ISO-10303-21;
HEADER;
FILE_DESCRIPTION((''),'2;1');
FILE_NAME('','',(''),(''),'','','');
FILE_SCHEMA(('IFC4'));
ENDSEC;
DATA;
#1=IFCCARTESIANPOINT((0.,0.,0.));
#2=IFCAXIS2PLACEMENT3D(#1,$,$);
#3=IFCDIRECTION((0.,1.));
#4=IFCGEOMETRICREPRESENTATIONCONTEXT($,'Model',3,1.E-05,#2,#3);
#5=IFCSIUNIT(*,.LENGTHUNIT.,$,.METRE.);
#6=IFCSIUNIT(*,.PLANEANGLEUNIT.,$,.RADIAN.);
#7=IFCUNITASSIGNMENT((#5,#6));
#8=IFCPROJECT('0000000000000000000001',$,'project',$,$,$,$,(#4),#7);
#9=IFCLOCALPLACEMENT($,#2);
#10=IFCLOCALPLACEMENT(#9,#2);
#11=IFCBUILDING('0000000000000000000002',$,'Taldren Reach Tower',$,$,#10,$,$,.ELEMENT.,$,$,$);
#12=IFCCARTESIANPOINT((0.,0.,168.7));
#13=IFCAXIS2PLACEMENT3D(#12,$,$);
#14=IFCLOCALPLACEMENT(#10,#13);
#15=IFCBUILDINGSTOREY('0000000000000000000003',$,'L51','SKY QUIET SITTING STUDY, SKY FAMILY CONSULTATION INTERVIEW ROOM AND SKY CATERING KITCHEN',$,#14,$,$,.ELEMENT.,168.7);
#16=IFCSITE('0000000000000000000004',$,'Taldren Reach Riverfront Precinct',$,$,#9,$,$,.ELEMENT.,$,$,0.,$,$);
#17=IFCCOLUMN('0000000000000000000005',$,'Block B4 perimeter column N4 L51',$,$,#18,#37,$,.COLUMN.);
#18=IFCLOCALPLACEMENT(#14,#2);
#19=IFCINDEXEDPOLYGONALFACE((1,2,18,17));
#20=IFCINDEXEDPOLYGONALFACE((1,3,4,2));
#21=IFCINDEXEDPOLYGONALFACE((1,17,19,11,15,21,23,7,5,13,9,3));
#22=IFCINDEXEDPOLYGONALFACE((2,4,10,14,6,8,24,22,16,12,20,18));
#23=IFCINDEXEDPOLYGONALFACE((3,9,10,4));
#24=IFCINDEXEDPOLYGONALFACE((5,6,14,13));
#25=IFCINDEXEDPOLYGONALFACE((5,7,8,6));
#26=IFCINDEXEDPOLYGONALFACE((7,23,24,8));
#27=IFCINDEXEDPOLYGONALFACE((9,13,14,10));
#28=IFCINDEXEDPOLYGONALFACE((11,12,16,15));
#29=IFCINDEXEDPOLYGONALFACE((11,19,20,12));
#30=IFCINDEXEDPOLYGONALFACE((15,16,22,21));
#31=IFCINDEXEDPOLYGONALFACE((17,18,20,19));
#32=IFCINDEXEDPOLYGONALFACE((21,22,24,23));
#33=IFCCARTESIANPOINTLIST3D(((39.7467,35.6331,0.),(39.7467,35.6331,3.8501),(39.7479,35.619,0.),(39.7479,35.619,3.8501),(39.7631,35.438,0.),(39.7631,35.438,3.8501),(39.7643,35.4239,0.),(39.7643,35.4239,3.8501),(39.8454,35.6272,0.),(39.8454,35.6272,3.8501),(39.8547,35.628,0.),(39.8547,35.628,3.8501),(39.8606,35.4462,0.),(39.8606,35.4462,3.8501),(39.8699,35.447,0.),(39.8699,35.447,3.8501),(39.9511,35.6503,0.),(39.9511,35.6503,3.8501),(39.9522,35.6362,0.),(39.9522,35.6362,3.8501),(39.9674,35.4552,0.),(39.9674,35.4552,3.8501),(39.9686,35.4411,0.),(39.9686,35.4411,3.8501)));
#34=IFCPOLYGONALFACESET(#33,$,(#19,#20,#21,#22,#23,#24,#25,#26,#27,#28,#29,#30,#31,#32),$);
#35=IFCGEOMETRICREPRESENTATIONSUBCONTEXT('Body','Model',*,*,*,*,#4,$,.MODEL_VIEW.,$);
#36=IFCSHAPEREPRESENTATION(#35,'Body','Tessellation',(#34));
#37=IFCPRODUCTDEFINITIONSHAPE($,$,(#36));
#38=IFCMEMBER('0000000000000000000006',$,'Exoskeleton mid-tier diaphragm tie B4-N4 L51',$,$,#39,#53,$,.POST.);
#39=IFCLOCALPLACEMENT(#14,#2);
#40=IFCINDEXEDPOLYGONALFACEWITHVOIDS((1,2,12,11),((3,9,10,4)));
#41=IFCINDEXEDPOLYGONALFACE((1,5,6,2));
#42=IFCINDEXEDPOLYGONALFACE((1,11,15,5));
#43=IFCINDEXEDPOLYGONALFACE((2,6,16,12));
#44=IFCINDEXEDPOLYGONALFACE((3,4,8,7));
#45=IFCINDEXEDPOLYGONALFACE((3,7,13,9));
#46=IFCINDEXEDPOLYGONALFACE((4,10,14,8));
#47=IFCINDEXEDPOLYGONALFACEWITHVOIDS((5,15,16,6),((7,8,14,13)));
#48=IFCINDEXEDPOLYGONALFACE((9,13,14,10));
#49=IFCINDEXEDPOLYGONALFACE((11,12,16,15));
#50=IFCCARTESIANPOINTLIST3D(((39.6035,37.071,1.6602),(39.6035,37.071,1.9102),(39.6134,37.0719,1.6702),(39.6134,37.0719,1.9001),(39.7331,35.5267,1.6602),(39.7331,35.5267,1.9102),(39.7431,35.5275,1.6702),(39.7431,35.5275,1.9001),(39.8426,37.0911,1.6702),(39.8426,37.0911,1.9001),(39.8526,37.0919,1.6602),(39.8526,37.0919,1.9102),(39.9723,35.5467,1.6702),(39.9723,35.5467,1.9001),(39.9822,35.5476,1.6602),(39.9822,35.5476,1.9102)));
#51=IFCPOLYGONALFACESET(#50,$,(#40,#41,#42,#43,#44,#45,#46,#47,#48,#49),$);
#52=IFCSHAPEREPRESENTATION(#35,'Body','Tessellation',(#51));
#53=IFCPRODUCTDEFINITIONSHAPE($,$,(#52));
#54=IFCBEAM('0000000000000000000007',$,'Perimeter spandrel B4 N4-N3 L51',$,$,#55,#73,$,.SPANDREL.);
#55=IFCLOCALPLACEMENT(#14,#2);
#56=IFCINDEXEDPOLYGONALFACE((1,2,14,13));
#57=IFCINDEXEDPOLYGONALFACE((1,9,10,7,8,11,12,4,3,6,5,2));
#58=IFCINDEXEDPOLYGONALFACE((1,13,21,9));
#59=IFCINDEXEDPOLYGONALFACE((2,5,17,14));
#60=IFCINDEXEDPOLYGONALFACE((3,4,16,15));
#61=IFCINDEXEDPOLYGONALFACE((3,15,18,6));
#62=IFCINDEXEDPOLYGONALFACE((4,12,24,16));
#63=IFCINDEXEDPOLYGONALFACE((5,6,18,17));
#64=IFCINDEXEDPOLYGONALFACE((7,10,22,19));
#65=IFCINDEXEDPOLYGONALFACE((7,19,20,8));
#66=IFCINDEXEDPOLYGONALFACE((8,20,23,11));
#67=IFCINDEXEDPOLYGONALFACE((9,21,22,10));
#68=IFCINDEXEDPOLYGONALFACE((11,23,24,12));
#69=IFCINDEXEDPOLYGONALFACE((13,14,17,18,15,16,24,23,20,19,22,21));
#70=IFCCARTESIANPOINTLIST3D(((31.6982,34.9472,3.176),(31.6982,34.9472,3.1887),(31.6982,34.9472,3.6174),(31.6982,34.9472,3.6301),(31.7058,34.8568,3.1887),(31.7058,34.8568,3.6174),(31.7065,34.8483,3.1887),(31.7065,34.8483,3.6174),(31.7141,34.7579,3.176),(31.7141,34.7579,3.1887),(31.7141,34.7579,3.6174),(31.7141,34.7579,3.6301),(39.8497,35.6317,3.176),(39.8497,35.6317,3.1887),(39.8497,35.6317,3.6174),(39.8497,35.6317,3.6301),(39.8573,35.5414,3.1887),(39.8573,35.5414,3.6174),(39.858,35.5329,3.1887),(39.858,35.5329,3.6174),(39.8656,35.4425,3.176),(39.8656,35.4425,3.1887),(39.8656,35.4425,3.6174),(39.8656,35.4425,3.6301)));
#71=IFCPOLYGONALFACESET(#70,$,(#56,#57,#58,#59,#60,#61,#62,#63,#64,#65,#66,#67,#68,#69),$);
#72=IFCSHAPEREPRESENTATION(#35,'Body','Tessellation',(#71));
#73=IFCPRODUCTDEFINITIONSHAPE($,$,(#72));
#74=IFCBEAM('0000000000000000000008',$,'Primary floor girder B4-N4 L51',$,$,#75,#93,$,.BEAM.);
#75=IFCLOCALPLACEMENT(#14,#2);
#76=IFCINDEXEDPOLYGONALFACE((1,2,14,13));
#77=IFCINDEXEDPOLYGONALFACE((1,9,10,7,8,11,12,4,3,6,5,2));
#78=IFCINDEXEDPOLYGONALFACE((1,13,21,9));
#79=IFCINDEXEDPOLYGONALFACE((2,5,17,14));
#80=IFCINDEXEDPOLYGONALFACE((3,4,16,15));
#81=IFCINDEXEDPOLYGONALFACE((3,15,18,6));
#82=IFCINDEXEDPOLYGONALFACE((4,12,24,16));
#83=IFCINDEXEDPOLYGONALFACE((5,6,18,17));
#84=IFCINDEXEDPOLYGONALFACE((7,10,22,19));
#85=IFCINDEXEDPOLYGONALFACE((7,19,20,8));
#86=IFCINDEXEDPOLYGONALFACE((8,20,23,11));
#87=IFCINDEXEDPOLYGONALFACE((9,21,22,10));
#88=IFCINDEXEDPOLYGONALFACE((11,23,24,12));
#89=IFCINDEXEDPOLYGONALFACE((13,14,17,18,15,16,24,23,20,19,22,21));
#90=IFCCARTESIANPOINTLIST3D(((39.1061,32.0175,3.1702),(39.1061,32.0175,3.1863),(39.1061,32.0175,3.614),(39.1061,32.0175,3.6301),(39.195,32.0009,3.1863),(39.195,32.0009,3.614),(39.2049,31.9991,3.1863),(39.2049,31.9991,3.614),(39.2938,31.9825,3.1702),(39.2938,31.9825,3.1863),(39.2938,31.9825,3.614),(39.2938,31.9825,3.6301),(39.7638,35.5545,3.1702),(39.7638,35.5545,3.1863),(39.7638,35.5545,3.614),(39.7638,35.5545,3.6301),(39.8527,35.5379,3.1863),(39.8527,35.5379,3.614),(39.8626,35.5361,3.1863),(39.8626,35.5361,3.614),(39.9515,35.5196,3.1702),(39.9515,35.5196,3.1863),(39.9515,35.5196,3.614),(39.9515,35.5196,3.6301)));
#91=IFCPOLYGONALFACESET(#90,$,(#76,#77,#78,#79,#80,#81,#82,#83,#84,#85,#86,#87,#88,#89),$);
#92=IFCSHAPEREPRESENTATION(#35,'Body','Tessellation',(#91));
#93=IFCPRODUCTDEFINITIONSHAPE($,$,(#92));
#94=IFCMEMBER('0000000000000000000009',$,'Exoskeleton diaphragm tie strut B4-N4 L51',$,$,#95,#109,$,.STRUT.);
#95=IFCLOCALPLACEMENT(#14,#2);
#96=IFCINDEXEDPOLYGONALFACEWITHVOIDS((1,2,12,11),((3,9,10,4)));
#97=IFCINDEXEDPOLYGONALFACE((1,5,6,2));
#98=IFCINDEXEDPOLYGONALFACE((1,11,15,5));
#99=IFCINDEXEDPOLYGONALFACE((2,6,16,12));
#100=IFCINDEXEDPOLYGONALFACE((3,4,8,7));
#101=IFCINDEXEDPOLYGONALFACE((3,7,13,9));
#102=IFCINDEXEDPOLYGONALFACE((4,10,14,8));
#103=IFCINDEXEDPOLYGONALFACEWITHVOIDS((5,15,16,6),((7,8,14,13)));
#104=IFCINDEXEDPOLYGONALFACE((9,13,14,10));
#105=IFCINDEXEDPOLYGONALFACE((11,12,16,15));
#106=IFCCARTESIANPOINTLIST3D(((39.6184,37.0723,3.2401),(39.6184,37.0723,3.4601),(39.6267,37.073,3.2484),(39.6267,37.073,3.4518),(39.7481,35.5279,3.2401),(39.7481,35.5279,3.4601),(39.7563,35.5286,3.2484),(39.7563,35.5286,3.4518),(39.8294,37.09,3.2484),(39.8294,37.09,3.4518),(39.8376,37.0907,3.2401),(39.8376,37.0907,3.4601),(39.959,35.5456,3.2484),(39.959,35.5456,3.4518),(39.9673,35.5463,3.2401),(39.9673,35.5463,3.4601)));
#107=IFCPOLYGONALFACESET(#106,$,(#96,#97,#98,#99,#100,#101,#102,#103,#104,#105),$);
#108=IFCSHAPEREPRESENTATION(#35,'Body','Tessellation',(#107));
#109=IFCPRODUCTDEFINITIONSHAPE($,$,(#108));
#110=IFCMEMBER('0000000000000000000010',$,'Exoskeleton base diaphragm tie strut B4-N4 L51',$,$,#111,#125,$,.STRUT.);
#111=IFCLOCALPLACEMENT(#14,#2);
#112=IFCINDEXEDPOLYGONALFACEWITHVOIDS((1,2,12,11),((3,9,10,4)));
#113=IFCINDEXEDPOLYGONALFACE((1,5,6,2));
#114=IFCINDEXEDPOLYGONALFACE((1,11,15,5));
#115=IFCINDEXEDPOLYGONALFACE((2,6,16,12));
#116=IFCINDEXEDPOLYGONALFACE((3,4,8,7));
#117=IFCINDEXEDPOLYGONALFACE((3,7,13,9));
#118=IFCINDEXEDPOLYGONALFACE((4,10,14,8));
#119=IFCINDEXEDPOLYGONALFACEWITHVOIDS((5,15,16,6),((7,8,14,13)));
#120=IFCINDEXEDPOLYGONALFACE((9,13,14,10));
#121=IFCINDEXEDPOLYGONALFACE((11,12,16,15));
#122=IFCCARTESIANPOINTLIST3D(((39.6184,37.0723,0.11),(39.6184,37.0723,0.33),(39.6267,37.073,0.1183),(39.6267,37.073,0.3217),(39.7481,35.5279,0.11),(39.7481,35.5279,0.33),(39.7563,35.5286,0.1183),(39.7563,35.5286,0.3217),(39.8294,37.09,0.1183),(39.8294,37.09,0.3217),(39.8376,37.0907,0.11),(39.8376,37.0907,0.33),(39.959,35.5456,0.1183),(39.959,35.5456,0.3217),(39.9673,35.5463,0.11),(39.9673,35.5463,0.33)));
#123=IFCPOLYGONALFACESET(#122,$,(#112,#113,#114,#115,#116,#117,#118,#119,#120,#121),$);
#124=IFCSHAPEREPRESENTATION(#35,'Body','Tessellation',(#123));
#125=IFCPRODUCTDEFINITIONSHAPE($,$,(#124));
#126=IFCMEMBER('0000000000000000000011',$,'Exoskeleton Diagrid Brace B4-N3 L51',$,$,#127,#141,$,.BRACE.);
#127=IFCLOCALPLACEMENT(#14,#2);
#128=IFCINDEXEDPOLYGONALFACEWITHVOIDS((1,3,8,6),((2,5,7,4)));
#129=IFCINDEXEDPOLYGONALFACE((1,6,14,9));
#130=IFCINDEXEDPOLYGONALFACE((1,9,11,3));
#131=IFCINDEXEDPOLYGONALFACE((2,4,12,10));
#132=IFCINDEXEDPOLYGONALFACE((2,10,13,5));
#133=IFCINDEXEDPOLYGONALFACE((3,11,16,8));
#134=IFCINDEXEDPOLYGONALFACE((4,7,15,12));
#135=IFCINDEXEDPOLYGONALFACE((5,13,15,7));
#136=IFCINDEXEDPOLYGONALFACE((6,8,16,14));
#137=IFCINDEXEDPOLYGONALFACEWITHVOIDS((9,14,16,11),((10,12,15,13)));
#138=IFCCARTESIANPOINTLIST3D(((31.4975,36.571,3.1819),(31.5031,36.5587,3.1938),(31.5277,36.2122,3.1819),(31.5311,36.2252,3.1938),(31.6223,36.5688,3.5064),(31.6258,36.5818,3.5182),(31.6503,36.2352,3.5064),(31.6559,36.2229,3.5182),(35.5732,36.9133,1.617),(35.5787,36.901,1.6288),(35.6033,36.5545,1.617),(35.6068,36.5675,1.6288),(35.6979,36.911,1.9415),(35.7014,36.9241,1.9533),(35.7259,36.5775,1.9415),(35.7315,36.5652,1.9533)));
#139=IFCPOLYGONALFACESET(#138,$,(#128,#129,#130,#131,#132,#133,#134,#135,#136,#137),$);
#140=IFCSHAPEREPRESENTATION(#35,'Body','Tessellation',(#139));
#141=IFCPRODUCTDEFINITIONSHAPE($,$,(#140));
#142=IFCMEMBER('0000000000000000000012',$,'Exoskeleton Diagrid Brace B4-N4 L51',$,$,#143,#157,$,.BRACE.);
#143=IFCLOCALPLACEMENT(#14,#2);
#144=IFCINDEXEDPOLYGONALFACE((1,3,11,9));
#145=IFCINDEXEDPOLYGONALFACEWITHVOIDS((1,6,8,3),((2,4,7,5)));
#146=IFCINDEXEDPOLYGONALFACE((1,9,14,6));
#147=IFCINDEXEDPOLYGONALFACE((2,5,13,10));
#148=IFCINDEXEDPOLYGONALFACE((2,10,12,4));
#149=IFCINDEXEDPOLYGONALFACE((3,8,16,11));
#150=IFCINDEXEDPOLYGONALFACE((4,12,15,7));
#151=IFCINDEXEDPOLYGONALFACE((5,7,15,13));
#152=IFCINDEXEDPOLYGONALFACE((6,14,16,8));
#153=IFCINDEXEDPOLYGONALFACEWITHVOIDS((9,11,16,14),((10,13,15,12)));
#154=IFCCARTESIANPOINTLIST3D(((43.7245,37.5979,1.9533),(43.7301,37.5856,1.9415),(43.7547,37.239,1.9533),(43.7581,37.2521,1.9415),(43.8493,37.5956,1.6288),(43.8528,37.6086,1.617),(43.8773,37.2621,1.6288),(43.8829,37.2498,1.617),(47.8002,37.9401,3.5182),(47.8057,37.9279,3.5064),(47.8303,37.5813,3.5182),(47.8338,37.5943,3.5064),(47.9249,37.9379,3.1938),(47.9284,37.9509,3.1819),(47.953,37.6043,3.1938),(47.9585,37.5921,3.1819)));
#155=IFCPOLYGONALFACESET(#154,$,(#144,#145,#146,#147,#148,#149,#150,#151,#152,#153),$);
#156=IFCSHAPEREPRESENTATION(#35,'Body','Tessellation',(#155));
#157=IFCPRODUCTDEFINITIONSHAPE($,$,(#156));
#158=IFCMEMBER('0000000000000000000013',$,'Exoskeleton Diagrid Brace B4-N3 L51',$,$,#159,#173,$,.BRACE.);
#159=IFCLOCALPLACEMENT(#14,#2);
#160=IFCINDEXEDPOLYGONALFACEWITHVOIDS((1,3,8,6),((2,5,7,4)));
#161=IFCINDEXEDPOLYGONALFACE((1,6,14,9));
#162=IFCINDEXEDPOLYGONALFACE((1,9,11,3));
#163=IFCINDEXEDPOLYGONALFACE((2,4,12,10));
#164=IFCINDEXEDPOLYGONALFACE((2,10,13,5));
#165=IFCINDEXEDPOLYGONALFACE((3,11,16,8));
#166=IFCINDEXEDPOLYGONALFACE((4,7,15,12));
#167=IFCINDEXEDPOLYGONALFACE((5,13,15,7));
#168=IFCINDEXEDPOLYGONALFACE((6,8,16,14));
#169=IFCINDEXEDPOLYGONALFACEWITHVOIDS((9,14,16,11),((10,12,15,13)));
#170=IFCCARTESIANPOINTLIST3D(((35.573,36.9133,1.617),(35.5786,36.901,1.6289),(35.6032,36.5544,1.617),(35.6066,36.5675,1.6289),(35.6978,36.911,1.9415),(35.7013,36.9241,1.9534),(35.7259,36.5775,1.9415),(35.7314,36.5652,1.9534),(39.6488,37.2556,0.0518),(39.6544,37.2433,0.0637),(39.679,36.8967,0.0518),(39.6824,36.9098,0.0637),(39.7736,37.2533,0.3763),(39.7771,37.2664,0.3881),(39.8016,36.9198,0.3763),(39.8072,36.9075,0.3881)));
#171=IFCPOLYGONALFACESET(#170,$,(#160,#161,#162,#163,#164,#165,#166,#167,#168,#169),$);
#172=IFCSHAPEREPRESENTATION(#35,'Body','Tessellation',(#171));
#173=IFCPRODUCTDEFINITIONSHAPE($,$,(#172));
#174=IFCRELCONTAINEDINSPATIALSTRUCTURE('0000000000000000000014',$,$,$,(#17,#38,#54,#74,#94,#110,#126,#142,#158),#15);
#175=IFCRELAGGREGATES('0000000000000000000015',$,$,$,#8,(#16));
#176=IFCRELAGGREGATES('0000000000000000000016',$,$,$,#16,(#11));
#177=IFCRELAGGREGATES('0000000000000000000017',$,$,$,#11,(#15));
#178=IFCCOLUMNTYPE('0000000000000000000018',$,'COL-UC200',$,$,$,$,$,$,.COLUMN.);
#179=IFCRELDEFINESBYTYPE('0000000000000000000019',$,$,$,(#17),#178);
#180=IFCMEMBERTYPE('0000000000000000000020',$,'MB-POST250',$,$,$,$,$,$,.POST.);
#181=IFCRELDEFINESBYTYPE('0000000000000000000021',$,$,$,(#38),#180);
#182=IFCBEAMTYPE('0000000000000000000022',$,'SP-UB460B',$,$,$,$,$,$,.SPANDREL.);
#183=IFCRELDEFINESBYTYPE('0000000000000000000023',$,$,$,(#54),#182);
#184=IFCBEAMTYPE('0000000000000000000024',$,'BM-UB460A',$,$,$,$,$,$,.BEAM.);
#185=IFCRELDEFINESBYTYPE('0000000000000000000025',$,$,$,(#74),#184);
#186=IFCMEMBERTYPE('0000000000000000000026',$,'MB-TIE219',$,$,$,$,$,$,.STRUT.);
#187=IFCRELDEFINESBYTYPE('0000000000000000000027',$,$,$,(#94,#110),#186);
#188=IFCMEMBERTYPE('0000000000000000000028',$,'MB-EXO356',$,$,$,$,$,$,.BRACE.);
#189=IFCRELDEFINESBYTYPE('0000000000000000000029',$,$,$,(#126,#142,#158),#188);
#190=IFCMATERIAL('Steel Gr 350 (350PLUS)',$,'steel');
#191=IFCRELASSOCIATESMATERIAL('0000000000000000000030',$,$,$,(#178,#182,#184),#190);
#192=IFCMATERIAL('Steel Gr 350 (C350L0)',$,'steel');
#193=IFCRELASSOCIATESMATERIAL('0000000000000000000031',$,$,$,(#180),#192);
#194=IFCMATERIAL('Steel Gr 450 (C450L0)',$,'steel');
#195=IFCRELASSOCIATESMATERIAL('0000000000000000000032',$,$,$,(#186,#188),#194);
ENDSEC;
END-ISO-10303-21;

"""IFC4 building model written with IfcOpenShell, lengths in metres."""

from ifc_helpers import new_model, si_unit, direction, frame, origin, origin_2d, place, context, subcontext, project, spatial, hollow_rectangle, i_section, extrude, source, transform, mapped, material, material_profile, profile_set, type_object, element, save


model = new_model("IFC4")

# Units and contexts
model_context = context("Model", 3, precision=1e-05, world=origin(), true_north=direction((0.0, 1.0)))
body_context = subcontext(model_context, "Body", "Model", "MODEL_VIEW")
ifc_project = project(units=[si_unit("LENGTHUNIT", "METRE"), si_unit("PLANEANGLEUNIT", "RADIAN")], contexts=[model_context])

# Site, building, storey
site_placement = place(None, origin())
site = spatial("IfcSite", under=ifc_project, at=site_placement, Name="Taldren Reach Riverfront Precinct", CompositionType="ELEMENT", RefElevation=0.0)
building_placement = place(site_placement, origin())
building = spatial("IfcBuilding", under=site, at=building_placement, Name="Taldren Reach Tower", CompositionType="ELEMENT")
storey_placement = place(building_placement, frame((0.0, 0.0, 168.7)))
storey = spatial("IfcBuildingStorey", under=building, at=storey_placement, Name="L51", Description="SKY QUIET SITTING STUDY, SKY FAMILY CONSULTATION INTERVIEW ROOM AND SKY CATERING KITCHEN", CompositionType="ELEMENT", Elevation=168.7)

# Column
ifc_material_1 = material(Name="Steel Gr 350 (350PLUS)", Category="steel")
ifc_material_profile_1 = material_profile(ifc_material_1, i_section(OverallWidth=0.2051, OverallDepth=0.21, WebThickness=0.0093, FlangeThickness=0.0142, at=origin_2d()), Name="200UC59.5")
ifc_profile_set_1 = profile_set([ifc_material_profile_1], Name="Steel Gr 350 (350PLUS)")
column_type = type_object("IfcColumnType", Name="COL-UC200", PredefinedType="COLUMN", material=ifc_profile_set_1)
shared_shape_1 = source(origin(), body_context, "Body", "SweptSolid", [
    extrude(i_section(OverallWidth=0.2051, OverallDepth=0.21, WebThickness=0.0093, FlangeThickness=0.0142, at=origin_2d()), origin(), (0.0, 0.0, 1.0), 3.8501),
])
column_placement = place(storey_placement, frame((39.8577, 35.5371, 0.0), z_axis=(0.0, 0.0, 1.0), x_axis=(0.996493, 0.083678, 0.0)))
element("IfcColumn", 1, at=column_placement, inside=storey, type_object=column_type, Name="Block B4 perimeter column N4 L51", PredefinedType="COLUMN", context=body_context, shape_type="MappedRepresentation", body=[
    mapped(shared_shape_1, transform((0.0, 0.0, 0.0), scale=1.0)),
])

# Member
ifc_material_2 = material(Name="Steel Gr 350 (C350L0)", Category="steel")
ifc_material_profile_2 = material_profile(ifc_material_2, hollow_rectangle(XDim=0.25, YDim=0.25, WallThickness=0.01, at=origin_2d()), Name="250x250x10.0SHS")
ifc_profile_set_2 = profile_set([ifc_material_profile_2], Name="Steel Gr 350 (C350L0)")
member_type_1 = type_object("IfcMemberType", Name="MB-POST250", PredefinedType="POST", material=ifc_profile_set_2)
shared_shape_2 = source(origin(), body_context, "Body", "SweptSolid", [
    extrude(hollow_rectangle(XDim=0.25, YDim=0.25, WallThickness=0.01, at=origin_2d()), origin(), (0.0, 0.0, 1.0), 1.5498),
])
member_1_placement = place(storey_placement, frame((39.8577, 35.5371, 1.7852), z_axis=(-0.083645, 0.996496, 0.0), x_axis=(-0.996496, -0.083645, 0.0)))
element("IfcMember", 2, at=member_1_placement, inside=storey, type_object=member_type_1, Name="Exoskeleton mid-tier diaphragm tie B4-N4 L51", PredefinedType="POST", context=body_context, shape_type="MappedRepresentation", body=[
    mapped(shared_shape_2, transform((0.0, 0.0, 0.0), scale=1.0)),
])

# Beams
ifc_material_profile_3 = material_profile(ifc_material_1, i_section(OverallWidth=0.1899, OverallDepth=0.4541, WebThickness=0.0085, FlangeThickness=0.0127, at=origin_2d()), Name="460UB67.1")
ifc_profile_set_3 = profile_set([ifc_material_profile_3], Name="Steel Gr 350 (350PLUS)")
beam_type_1 = type_object("IfcBeamType", Name="SP-UB460B", PredefinedType="SPANDREL", material=ifc_profile_set_3)
shared_shape_3 = source(origin(), body_context, "Body", "SweptSolid", [
    extrude(i_section(OverallWidth=0.1899, OverallDepth=0.4541, WebThickness=0.0085, FlangeThickness=0.0127, at=origin_2d()), origin(), (0.0, 0.0, 1.0), 8.1802),
])
beam_1_placement = place(storey_placement, frame((39.8577, 35.5371, 3.4031), z_axis=(-0.996492, -0.083688, 0.0), x_axis=(0.083688, -0.996492, 0.0)))
element("IfcBeam", 3, at=beam_1_placement, inside=storey, type_object=beam_type_1, Name="Perimeter spandrel B4 N4-N3 L51", PredefinedType="SPANDREL", context=body_context, shape_type="MappedRepresentation", body=[
    mapped(shared_shape_3, transform((0.0, 0.0, 0.0), scale=1.0)),
])
ifc_material_profile_4 = material_profile(ifc_material_1, i_section(OverallWidth=0.1909, OverallDepth=0.46, WebThickness=0.01, FlangeThickness=0.0161, at=origin_2d()), Name="460UB82.1")
ifc_profile_set_4 = profile_set([ifc_material_profile_4], Name="Steel Gr 350 (350PLUS)")
beam_type_2 = type_object("IfcBeamType", Name="BM-UB460A", PredefinedType="BEAM", material=ifc_profile_set_4)
shared_shape_4 = source(origin(), body_context, "Body", "SweptSolid", [
    extrude(i_section(OverallWidth=0.1909, OverallDepth=0.46, WebThickness=0.01, FlangeThickness=0.0161, at=origin_2d()), origin(), (0.0, 0.0, 1.0), 3.5977),
])
beam_2_placement = place(storey_placement, frame((39.2, 32.0, 3.4001), z_axis=(0.182813, 0.983148, 0.0), x_axis=(-0.983148, 0.182813, 0.0)))
element("IfcBeam", 4, at=beam_2_placement, inside=storey, type_object=beam_type_2, Name="Primary floor girder B4-N4 L51", PredefinedType="BEAM", context=body_context, shape_type="MappedRepresentation", body=[
    mapped(shared_shape_4, transform((0.0, 0.0, 0.0), scale=1.0)),
])

# Members
ifc_material_3 = material(Name="Steel Gr 450 (C450L0)", Category="steel")
ifc_material_profile_5 = material_profile(ifc_material_3, hollow_rectangle(XDim=0.22, YDim=0.22, WallThickness=0.0083, at=origin_2d()), Name="220x220x8.2SHS")
ifc_profile_set_5 = profile_set([ifc_material_profile_5], Name="Steel Gr 450 (C450L0)")
member_type_2 = type_object("IfcMemberType", Name="MB-TIE219", PredefinedType="STRUT", material=ifc_profile_set_5)
shared_shape_5 = source(origin(), body_context, "Body", "SweptSolid", [
    extrude(hollow_rectangle(XDim=0.22, YDim=0.22, WallThickness=0.0083, at=origin_2d()), origin(), (0.0, 0.0, 1.0), 1.5498),
])
for number, where, z_axis, x_axis, name in (
    (5, (39.8577, 35.5371, 3.3501), (-0.083645, 0.996496, 0.0), (-0.996496, -0.083645, 0.0), "Exoskeleton diaphragm tie strut B4-N4 L51"),
    (6, (39.8577, 35.5371, 0.22), (-0.083645, 0.996496, 0.0), (-0.996496, -0.083645, 0.0), "Exoskeleton base diaphragm tie strut B4-N4 L51"),
):
    element("IfcMember", number, at=place(storey_placement, frame(where, z_axis=z_axis, x_axis=x_axis)), inside=storey, type_object=member_type_2, Name=name, PredefinedType="STRUT", context=body_context, shape_type="MappedRepresentation", body=[
        mapped(shared_shape_5, transform((0.0, 0.0, 0.0), scale=1.0)),
    ])
ifc_material_profile_6 = material_profile(ifc_material_3, hollow_rectangle(XDim=0.3601, YDim=0.3601, WallThickness=0.0127, at=origin_2d()), Name="360x360x12.7SHS")
ifc_profile_set_6 = profile_set([ifc_material_profile_6], Name="Steel Gr 450 (C450L0)")
member_type_3 = type_object("IfcMemberType", Name="MB-EXO356", PredefinedType="BRACE", material=ifc_profile_set_6)
shared_shape_6 = source(origin(), body_context, "Body", "SweptSolid", [
    extrude(hollow_rectangle(XDim=0.3601, YDim=0.3601, WallThickness=0.0127, at=origin_2d()), origin(), (0.0, 0.0, 1.0), 4.3792),
])
for number, where, z_axis, x_axis, name in (
    (7, (35.6523, 36.7393, 1.7852), (-0.930691, -0.078162, 0.357358), (0.083688, -0.996492, 0.0), "Exoskeleton Diagrid Brace B4-N3 L51"),
    (8, (43.8037, 37.4238, 1.7852), (0.930691, 0.078162, 0.357358), (-0.083688, 0.996492, 0.0), "Exoskeleton Diagrid Brace B4-N4 L51"),
):
    element("IfcMember", number, at=place(storey_placement, frame(where, z_axis=z_axis, x_axis=x_axis)), inside=storey, type_object=member_type_3, Name=name, PredefinedType="BRACE", context=body_context, shape_type="MappedRepresentation", body=[
        mapped(shared_shape_6, transform((0.0, 0.0, 0.0), scale=1.0)),
    ])
shared_shape_7 = source(origin(), body_context, "Body", "SweptSolid", [
    extrude(hollow_rectangle(XDim=0.3601, YDim=0.3601, WallThickness=0.0127, at=origin_2d()), origin(), (0.0, 0.0, 1.0), 4.3794),
])
for number, where, z_axis, x_axis, name in (
    (9, (39.728, 37.0815, 0.22), (-0.930673, -0.07816, 0.357406), (0.083688, -0.996492, 0.0), "Exoskeleton Diagrid Brace B4-N3 L51"),
):
    element("IfcMember", number, at=place(storey_placement, frame(where, z_axis=z_axis, x_axis=x_axis)), inside=storey, type_object=member_type_3, Name=name, PredefinedType="BRACE", context=body_context, shape_type="MappedRepresentation", body=[
        mapped(shared_shape_7, transform((0.0, 0.0, 0.0), scale=1.0)),
    ])

save(model, "model.ifc")
